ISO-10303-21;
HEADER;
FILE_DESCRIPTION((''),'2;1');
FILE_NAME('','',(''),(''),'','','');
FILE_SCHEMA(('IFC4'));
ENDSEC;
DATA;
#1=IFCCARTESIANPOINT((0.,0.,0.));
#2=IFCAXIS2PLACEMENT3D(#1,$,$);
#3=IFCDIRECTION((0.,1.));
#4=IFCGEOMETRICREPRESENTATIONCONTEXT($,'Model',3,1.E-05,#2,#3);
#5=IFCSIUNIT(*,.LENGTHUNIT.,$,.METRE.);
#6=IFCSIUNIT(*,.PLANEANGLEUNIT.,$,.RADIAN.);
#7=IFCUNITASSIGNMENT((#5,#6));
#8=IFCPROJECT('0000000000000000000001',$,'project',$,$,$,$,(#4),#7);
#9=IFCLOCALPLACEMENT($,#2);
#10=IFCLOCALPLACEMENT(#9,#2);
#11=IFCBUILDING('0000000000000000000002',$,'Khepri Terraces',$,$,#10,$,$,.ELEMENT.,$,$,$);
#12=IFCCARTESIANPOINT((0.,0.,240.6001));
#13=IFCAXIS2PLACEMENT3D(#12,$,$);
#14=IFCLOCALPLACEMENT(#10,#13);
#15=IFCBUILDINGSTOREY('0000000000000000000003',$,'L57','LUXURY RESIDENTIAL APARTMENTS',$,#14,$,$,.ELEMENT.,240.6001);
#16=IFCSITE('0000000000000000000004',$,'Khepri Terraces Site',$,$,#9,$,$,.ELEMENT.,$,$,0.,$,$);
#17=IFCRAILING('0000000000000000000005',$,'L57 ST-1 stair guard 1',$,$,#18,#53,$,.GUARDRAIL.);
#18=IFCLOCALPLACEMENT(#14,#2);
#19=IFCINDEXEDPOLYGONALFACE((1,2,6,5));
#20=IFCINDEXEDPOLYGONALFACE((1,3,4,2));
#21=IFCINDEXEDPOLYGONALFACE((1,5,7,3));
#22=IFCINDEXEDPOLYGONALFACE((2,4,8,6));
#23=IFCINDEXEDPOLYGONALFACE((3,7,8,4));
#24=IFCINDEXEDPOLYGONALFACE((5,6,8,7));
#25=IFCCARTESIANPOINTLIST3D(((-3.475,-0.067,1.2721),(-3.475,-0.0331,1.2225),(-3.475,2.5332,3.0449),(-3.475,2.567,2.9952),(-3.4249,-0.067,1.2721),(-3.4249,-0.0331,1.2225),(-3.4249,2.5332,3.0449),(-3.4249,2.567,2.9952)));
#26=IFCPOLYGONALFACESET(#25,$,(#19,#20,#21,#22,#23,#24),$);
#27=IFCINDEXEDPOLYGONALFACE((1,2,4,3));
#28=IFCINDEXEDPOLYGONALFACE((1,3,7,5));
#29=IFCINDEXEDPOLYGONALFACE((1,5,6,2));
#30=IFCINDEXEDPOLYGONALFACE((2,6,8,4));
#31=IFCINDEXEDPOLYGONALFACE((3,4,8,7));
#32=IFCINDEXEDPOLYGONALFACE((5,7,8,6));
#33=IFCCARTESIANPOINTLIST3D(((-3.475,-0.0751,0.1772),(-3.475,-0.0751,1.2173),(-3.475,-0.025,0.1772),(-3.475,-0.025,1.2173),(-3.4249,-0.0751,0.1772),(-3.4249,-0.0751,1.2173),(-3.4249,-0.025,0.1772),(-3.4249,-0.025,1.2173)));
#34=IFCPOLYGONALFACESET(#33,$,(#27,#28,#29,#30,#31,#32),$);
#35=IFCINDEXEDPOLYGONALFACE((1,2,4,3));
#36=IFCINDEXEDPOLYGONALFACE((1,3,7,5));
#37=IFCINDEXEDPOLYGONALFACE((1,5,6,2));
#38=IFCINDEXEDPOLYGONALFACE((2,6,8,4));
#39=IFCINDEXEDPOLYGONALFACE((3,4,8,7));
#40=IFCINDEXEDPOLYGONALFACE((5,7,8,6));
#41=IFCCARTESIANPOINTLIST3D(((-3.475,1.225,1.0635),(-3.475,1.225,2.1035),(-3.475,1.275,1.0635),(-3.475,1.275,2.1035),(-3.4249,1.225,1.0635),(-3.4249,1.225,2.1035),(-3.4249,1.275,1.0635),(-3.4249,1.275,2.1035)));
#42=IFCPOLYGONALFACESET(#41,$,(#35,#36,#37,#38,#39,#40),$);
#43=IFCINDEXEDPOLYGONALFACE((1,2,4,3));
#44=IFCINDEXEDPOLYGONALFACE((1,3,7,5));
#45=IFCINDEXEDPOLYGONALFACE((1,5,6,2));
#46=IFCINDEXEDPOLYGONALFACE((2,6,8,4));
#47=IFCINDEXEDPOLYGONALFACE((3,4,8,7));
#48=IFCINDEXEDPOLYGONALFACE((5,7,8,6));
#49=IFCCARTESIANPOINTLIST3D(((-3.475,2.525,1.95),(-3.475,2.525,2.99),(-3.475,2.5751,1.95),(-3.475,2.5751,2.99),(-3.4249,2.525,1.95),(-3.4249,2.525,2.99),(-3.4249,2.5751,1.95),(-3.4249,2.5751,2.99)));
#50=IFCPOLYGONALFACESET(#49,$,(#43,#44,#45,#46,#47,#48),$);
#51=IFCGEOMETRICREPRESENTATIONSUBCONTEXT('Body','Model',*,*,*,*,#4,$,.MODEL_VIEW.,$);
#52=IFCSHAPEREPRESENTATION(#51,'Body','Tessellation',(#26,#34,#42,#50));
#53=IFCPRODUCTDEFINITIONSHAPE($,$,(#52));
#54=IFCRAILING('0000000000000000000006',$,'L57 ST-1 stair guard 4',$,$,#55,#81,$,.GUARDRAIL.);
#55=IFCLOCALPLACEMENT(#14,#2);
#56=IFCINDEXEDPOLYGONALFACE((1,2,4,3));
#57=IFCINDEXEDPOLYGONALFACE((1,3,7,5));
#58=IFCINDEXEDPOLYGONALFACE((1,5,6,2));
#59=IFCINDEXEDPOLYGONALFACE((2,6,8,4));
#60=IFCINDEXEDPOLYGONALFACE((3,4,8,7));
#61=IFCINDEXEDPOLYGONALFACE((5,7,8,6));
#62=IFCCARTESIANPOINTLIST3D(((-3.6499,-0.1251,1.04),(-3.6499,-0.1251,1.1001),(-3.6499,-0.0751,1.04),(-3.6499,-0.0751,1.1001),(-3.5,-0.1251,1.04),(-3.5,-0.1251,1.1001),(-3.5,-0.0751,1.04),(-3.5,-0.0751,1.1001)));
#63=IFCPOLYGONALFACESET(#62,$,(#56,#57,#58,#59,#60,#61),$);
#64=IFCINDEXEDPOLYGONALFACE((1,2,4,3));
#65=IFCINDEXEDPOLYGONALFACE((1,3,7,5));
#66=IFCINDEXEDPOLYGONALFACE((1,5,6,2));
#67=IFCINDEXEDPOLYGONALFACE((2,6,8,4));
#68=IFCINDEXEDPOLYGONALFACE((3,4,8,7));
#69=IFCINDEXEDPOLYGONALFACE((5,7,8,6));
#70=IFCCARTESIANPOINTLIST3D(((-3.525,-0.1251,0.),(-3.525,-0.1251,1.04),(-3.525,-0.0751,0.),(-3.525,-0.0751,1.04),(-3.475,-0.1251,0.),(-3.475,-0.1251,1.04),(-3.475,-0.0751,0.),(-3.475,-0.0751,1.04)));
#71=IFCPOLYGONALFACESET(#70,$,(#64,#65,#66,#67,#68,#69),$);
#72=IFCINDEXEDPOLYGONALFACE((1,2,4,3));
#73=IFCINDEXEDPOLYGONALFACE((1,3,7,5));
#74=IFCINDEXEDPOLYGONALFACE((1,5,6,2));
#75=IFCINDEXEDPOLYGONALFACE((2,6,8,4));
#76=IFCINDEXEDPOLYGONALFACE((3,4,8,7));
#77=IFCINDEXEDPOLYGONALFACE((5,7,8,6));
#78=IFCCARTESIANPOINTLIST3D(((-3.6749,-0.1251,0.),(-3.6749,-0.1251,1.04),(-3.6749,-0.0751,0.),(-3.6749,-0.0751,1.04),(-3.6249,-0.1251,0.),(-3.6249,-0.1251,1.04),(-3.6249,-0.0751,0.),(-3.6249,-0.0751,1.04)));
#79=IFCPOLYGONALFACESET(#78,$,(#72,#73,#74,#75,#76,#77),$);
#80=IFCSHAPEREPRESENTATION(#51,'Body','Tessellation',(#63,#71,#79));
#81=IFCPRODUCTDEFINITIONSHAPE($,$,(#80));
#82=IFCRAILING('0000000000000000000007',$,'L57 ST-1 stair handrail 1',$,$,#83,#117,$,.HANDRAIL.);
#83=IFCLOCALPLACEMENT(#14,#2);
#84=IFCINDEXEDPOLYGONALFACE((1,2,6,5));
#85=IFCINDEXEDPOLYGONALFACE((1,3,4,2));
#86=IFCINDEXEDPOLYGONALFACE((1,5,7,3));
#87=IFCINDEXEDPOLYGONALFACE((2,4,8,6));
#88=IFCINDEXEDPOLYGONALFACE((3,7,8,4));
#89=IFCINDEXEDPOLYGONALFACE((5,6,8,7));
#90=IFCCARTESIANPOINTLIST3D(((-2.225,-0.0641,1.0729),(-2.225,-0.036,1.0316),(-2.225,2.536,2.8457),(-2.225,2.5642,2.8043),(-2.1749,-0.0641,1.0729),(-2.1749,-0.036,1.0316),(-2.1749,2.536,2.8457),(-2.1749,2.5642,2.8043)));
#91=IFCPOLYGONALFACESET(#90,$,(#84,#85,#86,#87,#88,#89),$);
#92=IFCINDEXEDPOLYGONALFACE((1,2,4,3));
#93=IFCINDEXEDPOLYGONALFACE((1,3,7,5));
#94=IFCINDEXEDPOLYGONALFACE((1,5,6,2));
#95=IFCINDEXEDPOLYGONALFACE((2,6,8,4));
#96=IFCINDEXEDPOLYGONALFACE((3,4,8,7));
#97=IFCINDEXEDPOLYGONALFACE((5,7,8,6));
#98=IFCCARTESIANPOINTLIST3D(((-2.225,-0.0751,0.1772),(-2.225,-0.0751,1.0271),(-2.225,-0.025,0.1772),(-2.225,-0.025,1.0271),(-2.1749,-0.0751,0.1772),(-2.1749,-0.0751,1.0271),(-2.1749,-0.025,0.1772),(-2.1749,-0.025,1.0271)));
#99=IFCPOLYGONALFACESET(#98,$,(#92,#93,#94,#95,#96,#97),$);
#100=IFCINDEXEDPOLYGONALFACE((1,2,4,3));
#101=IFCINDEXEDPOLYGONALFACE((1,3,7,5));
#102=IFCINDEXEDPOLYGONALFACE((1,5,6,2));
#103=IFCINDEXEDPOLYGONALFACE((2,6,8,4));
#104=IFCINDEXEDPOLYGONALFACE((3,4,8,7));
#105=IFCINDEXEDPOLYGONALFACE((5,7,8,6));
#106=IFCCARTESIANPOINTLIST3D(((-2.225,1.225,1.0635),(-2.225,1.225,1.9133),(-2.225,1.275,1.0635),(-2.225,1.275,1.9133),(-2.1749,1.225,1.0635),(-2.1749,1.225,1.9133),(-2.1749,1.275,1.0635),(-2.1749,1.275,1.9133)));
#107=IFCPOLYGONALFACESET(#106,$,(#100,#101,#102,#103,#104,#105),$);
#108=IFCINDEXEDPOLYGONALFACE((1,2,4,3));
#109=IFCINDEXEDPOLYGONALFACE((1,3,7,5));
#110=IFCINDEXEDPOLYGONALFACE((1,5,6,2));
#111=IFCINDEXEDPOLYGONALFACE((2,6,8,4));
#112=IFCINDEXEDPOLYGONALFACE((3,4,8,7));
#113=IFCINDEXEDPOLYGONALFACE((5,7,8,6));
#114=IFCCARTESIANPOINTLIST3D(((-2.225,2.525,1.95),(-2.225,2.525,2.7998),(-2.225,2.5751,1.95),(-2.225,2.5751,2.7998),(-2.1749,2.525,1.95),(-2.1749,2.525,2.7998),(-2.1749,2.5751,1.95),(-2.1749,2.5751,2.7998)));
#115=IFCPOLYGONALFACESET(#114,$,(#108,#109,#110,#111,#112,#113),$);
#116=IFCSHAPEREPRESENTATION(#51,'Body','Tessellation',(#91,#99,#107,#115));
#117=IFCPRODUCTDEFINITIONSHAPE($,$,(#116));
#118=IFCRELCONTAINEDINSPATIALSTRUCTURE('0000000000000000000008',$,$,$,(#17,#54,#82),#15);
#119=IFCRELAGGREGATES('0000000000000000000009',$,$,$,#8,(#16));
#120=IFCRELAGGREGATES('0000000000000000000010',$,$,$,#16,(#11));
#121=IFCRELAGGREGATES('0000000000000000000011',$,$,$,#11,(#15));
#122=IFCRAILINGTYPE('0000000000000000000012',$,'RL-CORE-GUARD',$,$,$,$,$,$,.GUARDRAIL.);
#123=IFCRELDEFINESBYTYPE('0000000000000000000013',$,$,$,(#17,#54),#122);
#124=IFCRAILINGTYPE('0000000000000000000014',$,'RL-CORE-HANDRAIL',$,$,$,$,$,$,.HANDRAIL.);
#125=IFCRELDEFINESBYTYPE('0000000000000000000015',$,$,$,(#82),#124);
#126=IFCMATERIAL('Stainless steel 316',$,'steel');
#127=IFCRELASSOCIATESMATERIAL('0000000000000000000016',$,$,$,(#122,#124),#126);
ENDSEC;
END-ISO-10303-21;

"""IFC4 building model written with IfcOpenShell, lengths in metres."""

from ifc_helpers import new_model, si_unit, direction, frame, origin, origin_2d, place, context, subcontext, project, spatial, rectangle, extrude, material, type_object, element, save


model = new_model("IFC4")

# Units and contexts
model_context = context("Model", 3, precision=1e-05, world=origin(), true_north=direction((0.0, 1.0)))
body_context = subcontext(model_context, "Body", "Model", "MODEL_VIEW")
ifc_project = project(units=[si_unit("LENGTHUNIT", "METRE"), si_unit("PLANEANGLEUNIT", "RADIAN")], contexts=[model_context])

# Site, building, storey
site_placement = place(None, origin())
site = spatial("IfcSite", under=ifc_project, at=site_placement, Name="Khepri Terraces Site", CompositionType="ELEMENT", RefElevation=0.0)
building_placement = place(site_placement, origin())
building = spatial("IfcBuilding", under=site, at=building_placement, Name="Khepri Terraces", CompositionType="ELEMENT")
storey_placement = place(building_placement, frame((0.0, 0.0, 240.6001)))
storey = spatial("IfcBuildingStorey", under=building, at=storey_placement, Name="L57", Description="LUXURY RESIDENTIAL APARTMENTS", CompositionType="ELEMENT", Elevation=240.6001)

# Railings
ifc_material_1 = material(Name="Stainless steel 316", Category="steel")
railing_type_1 = type_object("IfcRailingType", Name="RL-CORE-GUARD", PredefinedType="GUARDRAIL", material=ifc_material_1)
railing_1_placement = place(storey_placement, frame((-3.45, -0.05, 0.1772)))
element("IfcRailing", 1, at=railing_1_placement, inside=storey, type_object=railing_type_1, Name="L57 ST-1 stair guard 1", PredefinedType="GUARDRAIL", context=body_context, shape_type="SweptSolid", body=[
    extrude(rectangle(XDim=0.05, YDim=0.0601, at=origin_2d()), frame((0.0, 0.0, 1.0701), z_axis=(0.0, 0.82624, 0.563318), x_axis=(-1.0, 0.0, 0.0)), (0.0, 0.0, 1.0), 3.147),
    extrude(rectangle(XDim=0.05, YDim=0.05, at=origin_2d()), origin(), (0.0, 0.0, 1.0), 1.04),
    extrude(rectangle(XDim=0.05, YDim=0.05, at=origin_2d()), frame((0.0, 1.3, 0.8862)), (0.0, 0.0, 1.0), 1.04),
    extrude(rectangle(XDim=0.05, YDim=0.05, at=origin_2d()), frame((0.0, 2.6001, 1.7727)), (0.0, 0.0, 1.0), 1.04),
])
railing_2_placement = place(storey_placement, frame((-3.5, -0.1001, 0.0)))
element("IfcRailing", 2, at=railing_2_placement, inside=storey, type_object=railing_type_1, Name="L57 ST-1 stair guard 4", PredefinedType="GUARDRAIL", context=body_context, shape_type="SweptSolid", body=[
    extrude(rectangle(XDim=0.05, YDim=0.0601, at=origin_2d()), frame((0.0, 0.0, 1.0701), z_axis=(-1.0, 0.0, 0.0), x_axis=(0.0, -1.0, 0.0)), (0.0, 0.0, 1.0), 0.1499),
    extrude(rectangle(XDim=0.05, YDim=0.05, at=origin_2d()), origin(), (0.0, 0.0, 1.0), 1.04),
    extrude(rectangle(XDim=0.05, YDim=0.05, at=origin_2d()), frame((-0.1499, 0.0, 0.0)), (0.0, 0.0, 1.0), 1.04),
])
railing_type_2 = type_object("IfcRailingType", Name="RL-CORE-HANDRAIL", PredefinedType="HANDRAIL", material=ifc_material_1)
railing_3_placement = place(storey_placement, frame((-2.2, -0.05, 0.1772)))
element("IfcRailing", 3, at=railing_3_placement, inside=storey, type_object=railing_type_2, Name="L57 ST-1 stair handrail 1", PredefinedType="HANDRAIL", context=body_context, shape_type="SweptSolid", body=[
    extrude(rectangle(XDim=0.05, YDim=0.05, at=origin_2d()), frame((0.0, 0.0, 0.875), z_axis=(0.0, 0.82624, 0.563318), x_axis=(-1.0, 0.0, 0.0)), (0.0, 0.0, 1.0), 3.147),
    extrude(rectangle(XDim=0.05, YDim=0.05, at=origin_2d()), origin(), (0.0, 0.0, 1.0), 0.8499),
    extrude(rectangle(XDim=0.05, YDim=0.05, at=origin_2d()), frame((0.0, 1.3, 0.8862)), (0.0, 0.0, 1.0), 0.8499),
    extrude(rectangle(XDim=0.05, YDim=0.05, at=origin_2d()), frame((0.0, 2.6001, 1.7727)), (0.0, 0.0, 1.0), 0.8499),
])

save(model, "model.ifc")
